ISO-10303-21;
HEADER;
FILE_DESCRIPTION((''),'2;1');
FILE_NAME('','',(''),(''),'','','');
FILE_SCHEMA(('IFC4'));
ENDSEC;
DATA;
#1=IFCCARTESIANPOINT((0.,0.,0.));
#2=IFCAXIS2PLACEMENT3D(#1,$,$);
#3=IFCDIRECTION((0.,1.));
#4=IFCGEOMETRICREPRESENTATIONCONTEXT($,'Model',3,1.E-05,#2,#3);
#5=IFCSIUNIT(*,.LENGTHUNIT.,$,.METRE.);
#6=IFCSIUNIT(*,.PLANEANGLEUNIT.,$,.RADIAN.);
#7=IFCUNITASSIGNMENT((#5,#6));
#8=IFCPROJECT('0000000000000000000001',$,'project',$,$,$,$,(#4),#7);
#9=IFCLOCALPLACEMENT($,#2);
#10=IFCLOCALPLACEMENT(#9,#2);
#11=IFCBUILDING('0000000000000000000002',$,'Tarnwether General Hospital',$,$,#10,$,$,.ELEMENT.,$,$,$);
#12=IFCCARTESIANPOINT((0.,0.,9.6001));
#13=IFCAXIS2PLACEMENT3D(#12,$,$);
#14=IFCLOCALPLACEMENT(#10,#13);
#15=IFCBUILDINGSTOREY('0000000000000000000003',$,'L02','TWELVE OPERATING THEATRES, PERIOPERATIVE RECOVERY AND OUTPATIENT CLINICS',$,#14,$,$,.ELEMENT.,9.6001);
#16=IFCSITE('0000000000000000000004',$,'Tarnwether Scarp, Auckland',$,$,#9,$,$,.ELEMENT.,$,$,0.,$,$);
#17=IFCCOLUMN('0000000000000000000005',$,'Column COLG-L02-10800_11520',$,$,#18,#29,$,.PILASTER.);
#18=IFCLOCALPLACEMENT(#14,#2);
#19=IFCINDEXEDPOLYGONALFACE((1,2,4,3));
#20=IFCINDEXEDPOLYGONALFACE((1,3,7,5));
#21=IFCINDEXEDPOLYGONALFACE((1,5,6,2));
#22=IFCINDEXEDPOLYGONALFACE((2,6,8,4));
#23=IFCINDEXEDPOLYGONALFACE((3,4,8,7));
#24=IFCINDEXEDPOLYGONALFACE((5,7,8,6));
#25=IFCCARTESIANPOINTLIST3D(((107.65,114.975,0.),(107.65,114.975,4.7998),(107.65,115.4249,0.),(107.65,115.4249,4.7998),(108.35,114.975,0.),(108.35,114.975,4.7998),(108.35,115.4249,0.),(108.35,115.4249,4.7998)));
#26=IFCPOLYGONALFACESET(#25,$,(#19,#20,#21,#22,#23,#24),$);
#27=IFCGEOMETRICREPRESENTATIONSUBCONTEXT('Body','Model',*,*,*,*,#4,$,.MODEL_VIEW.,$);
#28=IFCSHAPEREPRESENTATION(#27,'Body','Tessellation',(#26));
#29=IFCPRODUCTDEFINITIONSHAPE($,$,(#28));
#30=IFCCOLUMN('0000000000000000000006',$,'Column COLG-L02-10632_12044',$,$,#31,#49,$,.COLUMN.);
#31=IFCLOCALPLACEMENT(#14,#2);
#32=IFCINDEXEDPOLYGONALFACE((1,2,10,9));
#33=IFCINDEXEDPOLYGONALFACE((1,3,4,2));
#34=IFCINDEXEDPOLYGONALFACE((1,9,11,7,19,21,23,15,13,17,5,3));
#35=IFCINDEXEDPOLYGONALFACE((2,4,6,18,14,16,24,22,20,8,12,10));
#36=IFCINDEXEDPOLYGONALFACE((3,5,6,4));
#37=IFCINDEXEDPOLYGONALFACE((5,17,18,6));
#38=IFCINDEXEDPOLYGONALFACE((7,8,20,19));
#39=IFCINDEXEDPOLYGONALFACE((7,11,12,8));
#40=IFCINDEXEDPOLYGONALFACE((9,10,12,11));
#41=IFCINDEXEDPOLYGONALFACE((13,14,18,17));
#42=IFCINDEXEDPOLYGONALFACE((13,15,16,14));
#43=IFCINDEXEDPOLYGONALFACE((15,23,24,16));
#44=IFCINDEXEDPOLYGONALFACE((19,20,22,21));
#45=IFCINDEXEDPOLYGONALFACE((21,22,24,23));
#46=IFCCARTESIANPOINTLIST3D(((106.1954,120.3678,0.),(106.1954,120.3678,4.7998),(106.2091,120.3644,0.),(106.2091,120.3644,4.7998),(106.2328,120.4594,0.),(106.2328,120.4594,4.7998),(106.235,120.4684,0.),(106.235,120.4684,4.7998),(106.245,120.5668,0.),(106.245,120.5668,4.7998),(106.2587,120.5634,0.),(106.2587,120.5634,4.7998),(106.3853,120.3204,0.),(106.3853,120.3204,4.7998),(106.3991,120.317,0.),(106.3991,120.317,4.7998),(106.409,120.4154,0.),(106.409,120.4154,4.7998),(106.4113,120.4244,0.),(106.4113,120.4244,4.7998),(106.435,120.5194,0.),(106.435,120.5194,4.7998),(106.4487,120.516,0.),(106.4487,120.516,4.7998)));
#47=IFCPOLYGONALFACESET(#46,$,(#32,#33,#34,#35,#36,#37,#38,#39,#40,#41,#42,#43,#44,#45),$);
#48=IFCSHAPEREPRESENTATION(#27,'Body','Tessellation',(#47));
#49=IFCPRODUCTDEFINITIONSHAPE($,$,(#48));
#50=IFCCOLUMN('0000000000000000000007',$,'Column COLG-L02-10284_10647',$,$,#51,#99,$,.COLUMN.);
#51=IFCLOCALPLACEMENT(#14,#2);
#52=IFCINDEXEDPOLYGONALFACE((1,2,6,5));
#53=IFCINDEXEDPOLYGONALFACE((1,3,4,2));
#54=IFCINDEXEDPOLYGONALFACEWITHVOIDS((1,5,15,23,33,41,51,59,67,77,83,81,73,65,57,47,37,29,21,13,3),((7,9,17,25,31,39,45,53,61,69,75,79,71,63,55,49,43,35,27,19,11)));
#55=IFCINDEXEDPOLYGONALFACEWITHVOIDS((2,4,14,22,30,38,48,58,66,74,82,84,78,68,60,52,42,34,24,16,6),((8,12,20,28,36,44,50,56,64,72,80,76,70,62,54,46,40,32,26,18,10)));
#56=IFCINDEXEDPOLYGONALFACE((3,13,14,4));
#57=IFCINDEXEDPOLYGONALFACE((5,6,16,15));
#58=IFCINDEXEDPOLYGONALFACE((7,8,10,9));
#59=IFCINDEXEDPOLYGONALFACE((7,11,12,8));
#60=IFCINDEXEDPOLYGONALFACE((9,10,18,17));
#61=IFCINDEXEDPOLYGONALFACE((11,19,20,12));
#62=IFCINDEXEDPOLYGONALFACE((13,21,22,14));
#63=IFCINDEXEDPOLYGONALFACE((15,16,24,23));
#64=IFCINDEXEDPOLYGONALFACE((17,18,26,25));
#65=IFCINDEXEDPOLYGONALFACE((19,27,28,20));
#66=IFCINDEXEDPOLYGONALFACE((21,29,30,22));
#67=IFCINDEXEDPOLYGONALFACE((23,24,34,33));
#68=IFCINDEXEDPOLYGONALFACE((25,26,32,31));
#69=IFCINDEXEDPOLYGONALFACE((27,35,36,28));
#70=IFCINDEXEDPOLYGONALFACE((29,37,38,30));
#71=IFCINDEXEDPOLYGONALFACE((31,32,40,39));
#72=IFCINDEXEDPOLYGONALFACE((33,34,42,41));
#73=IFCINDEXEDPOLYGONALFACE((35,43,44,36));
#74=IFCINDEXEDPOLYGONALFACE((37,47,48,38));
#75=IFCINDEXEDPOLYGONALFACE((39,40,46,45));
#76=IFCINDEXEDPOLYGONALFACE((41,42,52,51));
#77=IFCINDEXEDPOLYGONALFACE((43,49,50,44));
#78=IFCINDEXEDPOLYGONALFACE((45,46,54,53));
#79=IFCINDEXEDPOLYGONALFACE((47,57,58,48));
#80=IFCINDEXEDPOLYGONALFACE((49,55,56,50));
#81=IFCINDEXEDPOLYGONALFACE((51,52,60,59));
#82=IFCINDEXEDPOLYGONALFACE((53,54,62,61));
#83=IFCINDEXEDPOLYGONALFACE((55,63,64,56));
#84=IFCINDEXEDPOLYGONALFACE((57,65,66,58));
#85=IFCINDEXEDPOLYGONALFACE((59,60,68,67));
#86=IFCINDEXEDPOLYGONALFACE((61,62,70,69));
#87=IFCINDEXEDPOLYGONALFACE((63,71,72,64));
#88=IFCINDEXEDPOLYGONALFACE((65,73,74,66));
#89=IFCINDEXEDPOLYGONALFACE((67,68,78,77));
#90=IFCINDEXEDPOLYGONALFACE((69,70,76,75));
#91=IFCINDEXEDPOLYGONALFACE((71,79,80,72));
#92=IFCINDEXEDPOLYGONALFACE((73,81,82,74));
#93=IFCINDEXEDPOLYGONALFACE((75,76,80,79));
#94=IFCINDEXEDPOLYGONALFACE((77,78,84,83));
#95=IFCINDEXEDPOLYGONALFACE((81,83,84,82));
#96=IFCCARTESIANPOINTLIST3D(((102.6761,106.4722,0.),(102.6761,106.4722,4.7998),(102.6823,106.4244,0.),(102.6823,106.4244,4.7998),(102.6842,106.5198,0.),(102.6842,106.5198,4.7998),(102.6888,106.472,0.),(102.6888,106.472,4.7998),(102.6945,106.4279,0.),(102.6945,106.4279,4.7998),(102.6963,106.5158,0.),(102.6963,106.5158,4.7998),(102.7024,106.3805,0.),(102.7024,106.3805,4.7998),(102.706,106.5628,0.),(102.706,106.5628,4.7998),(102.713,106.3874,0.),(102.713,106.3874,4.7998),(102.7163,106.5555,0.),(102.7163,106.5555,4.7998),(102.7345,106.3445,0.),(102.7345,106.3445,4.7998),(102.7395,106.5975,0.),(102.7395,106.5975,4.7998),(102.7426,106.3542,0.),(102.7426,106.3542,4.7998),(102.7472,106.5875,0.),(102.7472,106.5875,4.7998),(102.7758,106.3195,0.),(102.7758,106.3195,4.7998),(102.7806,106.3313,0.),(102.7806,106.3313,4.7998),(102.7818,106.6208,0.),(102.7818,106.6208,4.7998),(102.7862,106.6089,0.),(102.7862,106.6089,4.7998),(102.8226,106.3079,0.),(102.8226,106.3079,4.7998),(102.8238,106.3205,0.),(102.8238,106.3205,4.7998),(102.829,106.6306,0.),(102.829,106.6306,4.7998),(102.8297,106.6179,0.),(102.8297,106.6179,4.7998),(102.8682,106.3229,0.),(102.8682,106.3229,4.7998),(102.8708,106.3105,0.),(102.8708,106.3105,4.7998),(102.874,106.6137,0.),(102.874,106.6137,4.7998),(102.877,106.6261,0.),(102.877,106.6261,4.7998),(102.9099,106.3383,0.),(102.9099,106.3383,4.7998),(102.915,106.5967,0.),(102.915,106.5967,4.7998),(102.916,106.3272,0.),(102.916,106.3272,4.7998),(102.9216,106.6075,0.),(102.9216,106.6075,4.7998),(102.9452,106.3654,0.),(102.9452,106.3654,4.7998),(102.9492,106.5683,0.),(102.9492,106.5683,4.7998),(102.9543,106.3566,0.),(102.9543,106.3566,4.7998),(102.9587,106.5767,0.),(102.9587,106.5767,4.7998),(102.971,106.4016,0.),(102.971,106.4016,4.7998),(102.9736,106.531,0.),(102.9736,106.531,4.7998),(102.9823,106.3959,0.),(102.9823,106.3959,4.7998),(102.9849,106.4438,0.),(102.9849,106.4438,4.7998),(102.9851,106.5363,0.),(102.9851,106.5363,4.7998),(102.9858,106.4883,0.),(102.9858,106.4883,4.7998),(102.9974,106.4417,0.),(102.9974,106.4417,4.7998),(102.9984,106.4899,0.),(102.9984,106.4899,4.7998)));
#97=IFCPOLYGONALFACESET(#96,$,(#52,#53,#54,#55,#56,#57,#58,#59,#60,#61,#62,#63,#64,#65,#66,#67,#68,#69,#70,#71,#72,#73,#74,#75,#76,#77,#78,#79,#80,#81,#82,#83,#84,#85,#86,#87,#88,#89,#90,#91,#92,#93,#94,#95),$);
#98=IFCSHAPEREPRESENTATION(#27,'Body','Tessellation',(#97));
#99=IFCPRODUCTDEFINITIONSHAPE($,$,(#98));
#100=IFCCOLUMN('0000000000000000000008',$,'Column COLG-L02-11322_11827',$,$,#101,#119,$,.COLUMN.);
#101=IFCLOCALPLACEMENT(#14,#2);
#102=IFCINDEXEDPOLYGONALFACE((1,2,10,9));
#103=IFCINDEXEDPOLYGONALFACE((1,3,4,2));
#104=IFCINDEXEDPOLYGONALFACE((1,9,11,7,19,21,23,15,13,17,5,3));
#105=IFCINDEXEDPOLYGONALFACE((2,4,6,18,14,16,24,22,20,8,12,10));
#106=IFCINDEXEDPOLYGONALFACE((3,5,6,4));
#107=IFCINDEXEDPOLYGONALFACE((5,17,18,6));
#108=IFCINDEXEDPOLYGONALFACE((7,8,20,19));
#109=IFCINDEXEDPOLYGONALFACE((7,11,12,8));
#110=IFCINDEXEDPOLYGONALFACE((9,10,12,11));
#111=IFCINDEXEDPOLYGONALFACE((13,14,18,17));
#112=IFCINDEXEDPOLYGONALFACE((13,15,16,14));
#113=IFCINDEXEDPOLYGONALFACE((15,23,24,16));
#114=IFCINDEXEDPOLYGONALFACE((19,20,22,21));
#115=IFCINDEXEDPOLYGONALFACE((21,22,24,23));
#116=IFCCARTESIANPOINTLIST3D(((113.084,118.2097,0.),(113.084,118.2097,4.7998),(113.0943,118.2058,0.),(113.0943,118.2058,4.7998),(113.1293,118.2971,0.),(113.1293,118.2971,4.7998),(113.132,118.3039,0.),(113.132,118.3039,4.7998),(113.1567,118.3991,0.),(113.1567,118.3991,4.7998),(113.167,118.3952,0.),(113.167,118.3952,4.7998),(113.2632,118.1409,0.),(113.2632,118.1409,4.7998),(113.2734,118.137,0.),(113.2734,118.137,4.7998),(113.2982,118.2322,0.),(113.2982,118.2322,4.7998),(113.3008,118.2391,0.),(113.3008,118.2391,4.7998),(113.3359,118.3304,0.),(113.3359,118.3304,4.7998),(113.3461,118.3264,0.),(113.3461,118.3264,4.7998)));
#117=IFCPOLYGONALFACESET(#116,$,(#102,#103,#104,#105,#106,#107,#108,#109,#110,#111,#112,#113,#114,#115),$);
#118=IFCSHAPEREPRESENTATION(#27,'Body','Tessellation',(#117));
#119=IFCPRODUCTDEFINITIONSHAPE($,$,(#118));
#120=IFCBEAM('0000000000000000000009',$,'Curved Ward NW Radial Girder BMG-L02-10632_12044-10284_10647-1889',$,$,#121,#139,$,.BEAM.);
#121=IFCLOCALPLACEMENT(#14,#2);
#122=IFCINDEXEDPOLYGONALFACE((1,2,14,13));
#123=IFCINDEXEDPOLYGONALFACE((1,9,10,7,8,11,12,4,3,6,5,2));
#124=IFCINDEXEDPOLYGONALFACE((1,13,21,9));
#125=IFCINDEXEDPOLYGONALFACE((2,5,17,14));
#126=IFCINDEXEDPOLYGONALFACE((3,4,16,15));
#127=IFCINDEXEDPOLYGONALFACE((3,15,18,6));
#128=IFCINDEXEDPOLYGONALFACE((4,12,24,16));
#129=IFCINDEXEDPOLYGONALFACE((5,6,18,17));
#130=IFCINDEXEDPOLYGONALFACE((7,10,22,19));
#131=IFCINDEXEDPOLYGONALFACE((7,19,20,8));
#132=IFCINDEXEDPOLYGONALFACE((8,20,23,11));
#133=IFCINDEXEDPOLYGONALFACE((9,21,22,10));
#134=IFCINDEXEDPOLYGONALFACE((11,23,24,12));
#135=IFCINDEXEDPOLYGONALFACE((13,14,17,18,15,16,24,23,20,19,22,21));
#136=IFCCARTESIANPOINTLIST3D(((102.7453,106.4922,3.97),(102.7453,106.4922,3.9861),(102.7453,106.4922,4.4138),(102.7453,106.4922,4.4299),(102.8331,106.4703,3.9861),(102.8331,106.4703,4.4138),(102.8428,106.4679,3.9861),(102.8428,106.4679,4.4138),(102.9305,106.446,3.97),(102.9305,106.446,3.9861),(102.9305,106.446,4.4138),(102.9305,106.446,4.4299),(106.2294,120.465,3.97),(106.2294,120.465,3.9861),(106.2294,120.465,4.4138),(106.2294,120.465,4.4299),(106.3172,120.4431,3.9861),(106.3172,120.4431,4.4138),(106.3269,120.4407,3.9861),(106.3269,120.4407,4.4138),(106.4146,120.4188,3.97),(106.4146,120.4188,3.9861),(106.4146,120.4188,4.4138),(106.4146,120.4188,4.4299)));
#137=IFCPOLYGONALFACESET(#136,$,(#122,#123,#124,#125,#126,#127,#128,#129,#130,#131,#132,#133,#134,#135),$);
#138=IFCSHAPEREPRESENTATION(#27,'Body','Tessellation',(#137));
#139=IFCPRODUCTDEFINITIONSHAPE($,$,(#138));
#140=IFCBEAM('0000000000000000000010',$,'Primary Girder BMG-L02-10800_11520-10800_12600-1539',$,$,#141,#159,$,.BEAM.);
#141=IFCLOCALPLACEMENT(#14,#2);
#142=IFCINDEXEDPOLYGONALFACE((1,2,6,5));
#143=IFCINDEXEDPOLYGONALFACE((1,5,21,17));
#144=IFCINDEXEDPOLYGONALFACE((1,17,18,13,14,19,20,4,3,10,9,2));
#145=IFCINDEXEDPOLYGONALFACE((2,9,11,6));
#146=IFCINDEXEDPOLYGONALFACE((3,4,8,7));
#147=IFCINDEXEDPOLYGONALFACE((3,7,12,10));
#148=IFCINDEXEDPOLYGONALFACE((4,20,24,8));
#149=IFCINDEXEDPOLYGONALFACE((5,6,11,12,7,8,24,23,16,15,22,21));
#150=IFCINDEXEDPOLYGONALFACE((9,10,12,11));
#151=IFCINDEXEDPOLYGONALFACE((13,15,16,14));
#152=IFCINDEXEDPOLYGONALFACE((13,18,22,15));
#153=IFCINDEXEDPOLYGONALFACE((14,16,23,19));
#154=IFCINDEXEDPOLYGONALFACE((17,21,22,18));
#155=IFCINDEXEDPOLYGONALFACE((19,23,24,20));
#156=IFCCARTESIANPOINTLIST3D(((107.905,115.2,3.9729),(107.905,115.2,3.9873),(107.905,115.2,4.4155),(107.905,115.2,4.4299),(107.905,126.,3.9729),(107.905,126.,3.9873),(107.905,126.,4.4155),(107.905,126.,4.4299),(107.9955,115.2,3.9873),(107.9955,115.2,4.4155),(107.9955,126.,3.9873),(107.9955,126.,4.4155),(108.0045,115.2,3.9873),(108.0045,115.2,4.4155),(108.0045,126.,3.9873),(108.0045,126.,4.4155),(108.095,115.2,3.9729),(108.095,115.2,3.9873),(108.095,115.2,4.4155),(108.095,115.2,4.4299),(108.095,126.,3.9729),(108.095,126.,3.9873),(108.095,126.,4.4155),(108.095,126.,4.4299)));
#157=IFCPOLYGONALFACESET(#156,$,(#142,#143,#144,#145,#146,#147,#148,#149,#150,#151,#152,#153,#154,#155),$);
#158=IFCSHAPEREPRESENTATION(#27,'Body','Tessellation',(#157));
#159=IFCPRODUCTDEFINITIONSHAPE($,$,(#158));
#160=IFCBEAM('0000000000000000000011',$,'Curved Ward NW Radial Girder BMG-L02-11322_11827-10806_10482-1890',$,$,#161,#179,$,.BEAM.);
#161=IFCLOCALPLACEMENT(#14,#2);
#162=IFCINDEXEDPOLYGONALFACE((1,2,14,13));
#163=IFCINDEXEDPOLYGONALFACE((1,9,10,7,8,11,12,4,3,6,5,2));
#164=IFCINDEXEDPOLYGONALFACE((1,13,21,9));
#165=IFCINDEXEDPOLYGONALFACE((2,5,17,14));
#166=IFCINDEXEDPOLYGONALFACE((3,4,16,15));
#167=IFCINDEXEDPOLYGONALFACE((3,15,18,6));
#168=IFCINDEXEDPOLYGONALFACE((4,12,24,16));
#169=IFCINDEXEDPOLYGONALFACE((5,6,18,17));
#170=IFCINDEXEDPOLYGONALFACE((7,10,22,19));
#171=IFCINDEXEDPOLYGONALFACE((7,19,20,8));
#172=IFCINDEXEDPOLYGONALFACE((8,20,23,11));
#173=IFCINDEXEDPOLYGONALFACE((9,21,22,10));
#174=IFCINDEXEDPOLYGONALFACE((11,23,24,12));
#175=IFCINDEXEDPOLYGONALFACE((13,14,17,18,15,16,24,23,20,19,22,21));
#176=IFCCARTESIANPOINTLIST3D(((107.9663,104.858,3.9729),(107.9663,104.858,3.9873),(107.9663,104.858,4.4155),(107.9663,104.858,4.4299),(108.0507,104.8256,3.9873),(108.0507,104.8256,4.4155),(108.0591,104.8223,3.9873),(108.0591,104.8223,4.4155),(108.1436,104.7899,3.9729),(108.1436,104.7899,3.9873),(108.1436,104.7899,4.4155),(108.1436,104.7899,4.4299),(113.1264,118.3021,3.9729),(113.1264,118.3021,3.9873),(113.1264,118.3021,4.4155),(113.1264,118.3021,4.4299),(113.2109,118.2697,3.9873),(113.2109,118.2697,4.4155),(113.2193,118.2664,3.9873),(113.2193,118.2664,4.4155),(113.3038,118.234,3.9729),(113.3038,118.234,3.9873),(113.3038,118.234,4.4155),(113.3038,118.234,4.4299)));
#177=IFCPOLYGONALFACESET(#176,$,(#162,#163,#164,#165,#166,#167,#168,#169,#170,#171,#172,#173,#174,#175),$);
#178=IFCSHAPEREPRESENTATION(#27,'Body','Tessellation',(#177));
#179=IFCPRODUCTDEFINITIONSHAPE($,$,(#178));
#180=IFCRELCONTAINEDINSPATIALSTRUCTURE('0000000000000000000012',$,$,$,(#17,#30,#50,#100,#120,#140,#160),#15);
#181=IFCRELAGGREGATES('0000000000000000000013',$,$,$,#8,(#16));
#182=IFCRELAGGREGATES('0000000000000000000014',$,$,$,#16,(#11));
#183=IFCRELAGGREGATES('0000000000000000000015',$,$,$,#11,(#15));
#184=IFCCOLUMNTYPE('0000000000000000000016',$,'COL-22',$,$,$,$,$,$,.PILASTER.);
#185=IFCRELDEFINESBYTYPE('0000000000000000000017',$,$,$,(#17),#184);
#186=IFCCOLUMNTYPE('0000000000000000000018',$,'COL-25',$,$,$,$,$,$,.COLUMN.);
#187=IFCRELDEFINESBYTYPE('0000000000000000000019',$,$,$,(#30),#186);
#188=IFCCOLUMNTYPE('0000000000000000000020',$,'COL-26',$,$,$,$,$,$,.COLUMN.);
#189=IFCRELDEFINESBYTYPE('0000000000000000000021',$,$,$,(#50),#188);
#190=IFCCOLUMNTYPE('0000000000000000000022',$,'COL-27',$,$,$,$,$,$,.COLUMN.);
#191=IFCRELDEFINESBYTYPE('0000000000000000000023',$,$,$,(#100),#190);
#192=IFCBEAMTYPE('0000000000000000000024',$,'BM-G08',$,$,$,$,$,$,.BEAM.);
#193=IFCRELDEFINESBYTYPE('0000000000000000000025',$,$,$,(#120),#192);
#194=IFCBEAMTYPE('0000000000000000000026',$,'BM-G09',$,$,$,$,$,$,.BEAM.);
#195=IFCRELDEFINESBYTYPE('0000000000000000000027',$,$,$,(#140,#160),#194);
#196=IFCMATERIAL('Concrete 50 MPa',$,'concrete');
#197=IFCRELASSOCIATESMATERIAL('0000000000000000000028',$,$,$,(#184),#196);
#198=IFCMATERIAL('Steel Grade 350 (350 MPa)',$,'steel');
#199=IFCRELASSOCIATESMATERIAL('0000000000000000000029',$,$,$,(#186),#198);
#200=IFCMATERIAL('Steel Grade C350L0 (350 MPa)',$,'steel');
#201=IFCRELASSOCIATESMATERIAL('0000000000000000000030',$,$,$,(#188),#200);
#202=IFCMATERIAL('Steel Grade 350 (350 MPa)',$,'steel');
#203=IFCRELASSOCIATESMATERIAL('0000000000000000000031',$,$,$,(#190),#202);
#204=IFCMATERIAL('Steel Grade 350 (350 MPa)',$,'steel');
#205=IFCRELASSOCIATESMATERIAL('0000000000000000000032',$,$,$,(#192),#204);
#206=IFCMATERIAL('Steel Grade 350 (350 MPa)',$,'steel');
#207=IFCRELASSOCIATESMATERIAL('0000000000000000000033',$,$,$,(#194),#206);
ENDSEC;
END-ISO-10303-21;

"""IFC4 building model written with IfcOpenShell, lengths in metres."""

from ifc_helpers import new_model, si_unit, direction, frame, origin, origin_2d, place, context, subcontext, project, spatial, rectangle, hollow_circle, i_section, extrude, material, material_profile, profile_set, type_object, element, save


model = new_model("IFC4")

# Units and contexts
model_context = context("Model", 3, precision=1e-05, world=origin(), true_north=direction((0.0, 1.0)))
body_context = subcontext(model_context, "Body", "Model", "MODEL_VIEW")
ifc_project = project(units=[si_unit("LENGTHUNIT", "METRE"), si_unit("PLANEANGLEUNIT", "RADIAN")], contexts=[model_context])

# Site, building, storey
site_placement = place(None, origin())
site = spatial("IfcSite", under=ifc_project, at=site_placement, Name="Tarnwether Scarp, Auckland", CompositionType="ELEMENT", RefElevation=0.0)
building_placement = place(site_placement, origin())
building = spatial("IfcBuilding", under=site, at=building_placement, Name="Tarnwether General Hospital", CompositionType="ELEMENT")
storey_placement = place(building_placement, frame((0.0, 0.0, 9.6001)))
storey = spatial("IfcBuildingStorey", under=building, at=storey_placement, Name="L02", Description="TWELVE OPERATING THEATRES, PERIOPERATIVE RECOVERY AND OUTPATIENT CLINICS", CompositionType="ELEMENT", Elevation=9.6001)

# Columns
ifc_material_1 = material(Name="Concrete 50 MPa", Category="concrete")
ifc_material_profile_1 = material_profile(ifc_material_1, rectangle(XDim=0.45, YDim=0.7, at=origin_2d()), Name="RC-PIL-450x700")
ifc_profile_set_1 = profile_set([ifc_material_profile_1], Name="Concrete 50 MPa")
column_type_1 = type_object("IfcColumnType", Name="COL-22", PredefinedType="PILASTER", material=ifc_profile_set_1)
column_1_placement = place(storey_placement, frame((108.0, 115.2, 0.0), z_axis=(0.0, 0.0, 1.0), x_axis=(0.0, 1.0, 0.0)))
element("IfcColumn", 1, at=column_1_placement, inside=storey, type_object=column_type_1, Name="Column COLG-L02-10800_11520", PredefinedType="PILASTER", context=body_context, shape_type="SweptSolid", body=[
    extrude(rectangle(XDim=0.45, YDim=0.7, at=origin_2d()), origin(), (0.0, 0.0, 1.0), 4.7998),
])
ifc_material_2 = material(Name="Steel Grade 350 (350 MPa)", Category="steel")
ifc_material_profile_2 = material_profile(ifc_material_2, i_section(OverallWidth=0.2051, OverallDepth=0.21, WebThickness=0.0093, FlangeThickness=0.0142, at=origin_2d()), Name="200UC59.5")
ifc_profile_set_2 = profile_set([ifc_material_profile_2], Name="Steel Grade 350 (350 MPa)")
column_type_2 = type_object("IfcColumnType", Name="COL-25", PredefinedType="COLUMN", material=ifc_profile_set_2)
column_2_placement = place(storey_placement, frame((106.322, 120.4419, 0.0), z_axis=(0.0, 0.0, 1.0), x_axis=(0.241922, 0.970296, 0.0)))
element("IfcColumn", 2, at=column_2_placement, inside=storey, type_object=column_type_2, Name="Column COLG-L02-10632_12044", PredefinedType="COLUMN", context=body_context, shape_type="SweptSolid", body=[
    extrude(i_section(OverallWidth=0.2051, OverallDepth=0.21, WebThickness=0.0093, FlangeThickness=0.0142, at=origin_2d()), origin(), (0.0, 0.0, 1.0), 4.7998),
])
ifc_material_3 = material(Name="Steel Grade C350L0 (350 MPa)", Category="steel")
ifc_material_profile_3 = material_profile(ifc_material_3, hollow_circle(Radius=0.1619, WallThickness=0.0127, at=origin_2d()), Name="CHS323.9x12.7")
ifc_profile_set_3 = profile_set([ifc_material_profile_3], Name="Steel Grade C350L0 (350 MPa)")
column_type_3 = type_object("IfcColumnType", Name="COL-26", PredefinedType="COLUMN", material=ifc_profile_set_3)
column_3_placement = place(storey_placement, frame((102.8379, 106.469, 0.0), z_axis=(0.0, 0.0, 1.0), x_axis=(0.241922, 0.970296, 0.0)))
element("IfcColumn", 3, at=column_3_placement, inside=storey, type_object=column_type_3, Name="Column COLG-L02-10284_10647", PredefinedType="COLUMN", context=body_context, shape_type="SweptSolid", body=[
    extrude(hollow_circle(Radius=0.1619, WallThickness=0.0127, at=origin_2d()), origin(), (0.0, 0.0, 1.0), 4.7998),
])
ifc_material_4 = material(Name="Steel Grade 350 (350 MPa)", Category="steel")
ifc_material_profile_4 = material_profile(ifc_material_4, i_section(OverallWidth=0.2029, OverallDepth=0.2029, WebThickness=0.0073, FlangeThickness=0.011, at=origin_2d()), Name="200UC46.2")
ifc_profile_set_4 = profile_set([ifc_material_profile_4], Name="Steel Grade 350 (350 MPa)")
column_type_4 = type_object("IfcColumnType", Name="COL-27", PredefinedType="COLUMN", material=ifc_profile_set_4)
column_4_placement = place(storey_placement, frame((113.2151, 118.2681, 0.0), z_axis=(0.0, 0.0, 1.0), x_axis=(0.358368, 0.93358, 0.0)))
element("IfcColumn", 4, at=column_4_placement, inside=storey, type_object=column_type_4, Name="Column COLG-L02-11322_11827", PredefinedType="COLUMN", context=body_context, shape_type="SweptSolid", body=[
    extrude(i_section(OverallWidth=0.2029, OverallDepth=0.2029, WebThickness=0.0073, FlangeThickness=0.011, at=origin_2d()), origin(), (0.0, 0.0, 1.0), 4.7998),
])

# Beams
ifc_material_5 = material(Name="Steel Grade 350 (350 MPa)", Category="steel")
ifc_material_profile_5 = material_profile(ifc_material_5, i_section(OverallWidth=0.1909, OverallDepth=0.46, WebThickness=0.01, FlangeThickness=0.0161, at=origin_2d()), Name="460UB82.1")
ifc_profile_set_5 = profile_set([ifc_material_profile_5], Name="Steel Grade 350 (350 MPa)")
beam_type_1 = type_object("IfcBeamType", Name="BM-G08", PredefinedType="BEAM", material=ifc_profile_set_5)
beam_1_placement = place(storey_placement, frame((106.322, 120.4419, 4.2), z_axis=(-0.241941, -0.970291, 0.0), x_axis=(0.970291, -0.241941, 0.0)))
element("IfcBeam", 5, at=beam_1_placement, inside=storey, type_object=beam_type_1, Name="Curved Ward NW Radial Girder BMG-L02-10632_12044-10284_10647-1889", PredefinedType="BEAM", context=body_context, shape_type="SweptSolid", body=[
    extrude(i_section(OverallWidth=0.1909, OverallDepth=0.46, WebThickness=0.01, FlangeThickness=0.0161, at=origin_2d()), origin(), (0.0, 0.0, 1.0), 14.4006),
])
ifc_material_6 = material(Name="Steel Grade 350 (350 MPa)", Category="steel")
ifc_material_profile_6 = material_profile(ifc_material_6, i_section(OverallWidth=0.1899, OverallDepth=0.457, WebThickness=0.009, FlangeThickness=0.0144, at=origin_2d()), Name="460UB74.6")
ifc_profile_set_6 = profile_set([ifc_material_profile_6], Name="Steel Grade 350 (350 MPa)")
beam_type_2 = type_object("IfcBeamType", Name="BM-G09", PredefinedType="BEAM", material=ifc_profile_set_6)
beam_2_placement = place(storey_placement, frame((108.0, 115.2, 4.2014), z_axis=(0.0, 1.0, 0.0), x_axis=(-1.0, 0.0, 0.0)))
element("IfcBeam", 6, at=beam_2_placement, inside=storey, type_object=beam_type_2, Name="Primary Girder BMG-L02-10800_11520-10800_12600-1539", PredefinedType="BEAM", context=body_context, shape_type="SweptSolid", body=[
    extrude(i_section(OverallWidth=0.1899, OverallDepth=0.457, WebThickness=0.009, FlangeThickness=0.0144, at=origin_2d()), origin(), (0.0, 0.0, 1.0), 10.8),
])
beam_3_placement = place(storey_placement, frame((113.2151, 118.2681, 4.2014), z_axis=(-0.358335, -0.933593, 0.0), x_axis=(0.933593, -0.358335, 0.0)))
element("IfcBeam", 7, at=beam_3_placement, inside=storey, type_object=beam_type_2, Name="Curved Ward NW Radial Girder BMG-L02-11322_11827-10806_10482-1890", PredefinedType="BEAM", context=body_context, shape_type="SweptSolid", body=[
    extrude(i_section(OverallWidth=0.1899, OverallDepth=0.457, WebThickness=0.009, FlangeThickness=0.0144, at=origin_2d()), origin(), (0.0, 0.0, 1.0), 14.4004),
])

save(model, "model.ifc")
